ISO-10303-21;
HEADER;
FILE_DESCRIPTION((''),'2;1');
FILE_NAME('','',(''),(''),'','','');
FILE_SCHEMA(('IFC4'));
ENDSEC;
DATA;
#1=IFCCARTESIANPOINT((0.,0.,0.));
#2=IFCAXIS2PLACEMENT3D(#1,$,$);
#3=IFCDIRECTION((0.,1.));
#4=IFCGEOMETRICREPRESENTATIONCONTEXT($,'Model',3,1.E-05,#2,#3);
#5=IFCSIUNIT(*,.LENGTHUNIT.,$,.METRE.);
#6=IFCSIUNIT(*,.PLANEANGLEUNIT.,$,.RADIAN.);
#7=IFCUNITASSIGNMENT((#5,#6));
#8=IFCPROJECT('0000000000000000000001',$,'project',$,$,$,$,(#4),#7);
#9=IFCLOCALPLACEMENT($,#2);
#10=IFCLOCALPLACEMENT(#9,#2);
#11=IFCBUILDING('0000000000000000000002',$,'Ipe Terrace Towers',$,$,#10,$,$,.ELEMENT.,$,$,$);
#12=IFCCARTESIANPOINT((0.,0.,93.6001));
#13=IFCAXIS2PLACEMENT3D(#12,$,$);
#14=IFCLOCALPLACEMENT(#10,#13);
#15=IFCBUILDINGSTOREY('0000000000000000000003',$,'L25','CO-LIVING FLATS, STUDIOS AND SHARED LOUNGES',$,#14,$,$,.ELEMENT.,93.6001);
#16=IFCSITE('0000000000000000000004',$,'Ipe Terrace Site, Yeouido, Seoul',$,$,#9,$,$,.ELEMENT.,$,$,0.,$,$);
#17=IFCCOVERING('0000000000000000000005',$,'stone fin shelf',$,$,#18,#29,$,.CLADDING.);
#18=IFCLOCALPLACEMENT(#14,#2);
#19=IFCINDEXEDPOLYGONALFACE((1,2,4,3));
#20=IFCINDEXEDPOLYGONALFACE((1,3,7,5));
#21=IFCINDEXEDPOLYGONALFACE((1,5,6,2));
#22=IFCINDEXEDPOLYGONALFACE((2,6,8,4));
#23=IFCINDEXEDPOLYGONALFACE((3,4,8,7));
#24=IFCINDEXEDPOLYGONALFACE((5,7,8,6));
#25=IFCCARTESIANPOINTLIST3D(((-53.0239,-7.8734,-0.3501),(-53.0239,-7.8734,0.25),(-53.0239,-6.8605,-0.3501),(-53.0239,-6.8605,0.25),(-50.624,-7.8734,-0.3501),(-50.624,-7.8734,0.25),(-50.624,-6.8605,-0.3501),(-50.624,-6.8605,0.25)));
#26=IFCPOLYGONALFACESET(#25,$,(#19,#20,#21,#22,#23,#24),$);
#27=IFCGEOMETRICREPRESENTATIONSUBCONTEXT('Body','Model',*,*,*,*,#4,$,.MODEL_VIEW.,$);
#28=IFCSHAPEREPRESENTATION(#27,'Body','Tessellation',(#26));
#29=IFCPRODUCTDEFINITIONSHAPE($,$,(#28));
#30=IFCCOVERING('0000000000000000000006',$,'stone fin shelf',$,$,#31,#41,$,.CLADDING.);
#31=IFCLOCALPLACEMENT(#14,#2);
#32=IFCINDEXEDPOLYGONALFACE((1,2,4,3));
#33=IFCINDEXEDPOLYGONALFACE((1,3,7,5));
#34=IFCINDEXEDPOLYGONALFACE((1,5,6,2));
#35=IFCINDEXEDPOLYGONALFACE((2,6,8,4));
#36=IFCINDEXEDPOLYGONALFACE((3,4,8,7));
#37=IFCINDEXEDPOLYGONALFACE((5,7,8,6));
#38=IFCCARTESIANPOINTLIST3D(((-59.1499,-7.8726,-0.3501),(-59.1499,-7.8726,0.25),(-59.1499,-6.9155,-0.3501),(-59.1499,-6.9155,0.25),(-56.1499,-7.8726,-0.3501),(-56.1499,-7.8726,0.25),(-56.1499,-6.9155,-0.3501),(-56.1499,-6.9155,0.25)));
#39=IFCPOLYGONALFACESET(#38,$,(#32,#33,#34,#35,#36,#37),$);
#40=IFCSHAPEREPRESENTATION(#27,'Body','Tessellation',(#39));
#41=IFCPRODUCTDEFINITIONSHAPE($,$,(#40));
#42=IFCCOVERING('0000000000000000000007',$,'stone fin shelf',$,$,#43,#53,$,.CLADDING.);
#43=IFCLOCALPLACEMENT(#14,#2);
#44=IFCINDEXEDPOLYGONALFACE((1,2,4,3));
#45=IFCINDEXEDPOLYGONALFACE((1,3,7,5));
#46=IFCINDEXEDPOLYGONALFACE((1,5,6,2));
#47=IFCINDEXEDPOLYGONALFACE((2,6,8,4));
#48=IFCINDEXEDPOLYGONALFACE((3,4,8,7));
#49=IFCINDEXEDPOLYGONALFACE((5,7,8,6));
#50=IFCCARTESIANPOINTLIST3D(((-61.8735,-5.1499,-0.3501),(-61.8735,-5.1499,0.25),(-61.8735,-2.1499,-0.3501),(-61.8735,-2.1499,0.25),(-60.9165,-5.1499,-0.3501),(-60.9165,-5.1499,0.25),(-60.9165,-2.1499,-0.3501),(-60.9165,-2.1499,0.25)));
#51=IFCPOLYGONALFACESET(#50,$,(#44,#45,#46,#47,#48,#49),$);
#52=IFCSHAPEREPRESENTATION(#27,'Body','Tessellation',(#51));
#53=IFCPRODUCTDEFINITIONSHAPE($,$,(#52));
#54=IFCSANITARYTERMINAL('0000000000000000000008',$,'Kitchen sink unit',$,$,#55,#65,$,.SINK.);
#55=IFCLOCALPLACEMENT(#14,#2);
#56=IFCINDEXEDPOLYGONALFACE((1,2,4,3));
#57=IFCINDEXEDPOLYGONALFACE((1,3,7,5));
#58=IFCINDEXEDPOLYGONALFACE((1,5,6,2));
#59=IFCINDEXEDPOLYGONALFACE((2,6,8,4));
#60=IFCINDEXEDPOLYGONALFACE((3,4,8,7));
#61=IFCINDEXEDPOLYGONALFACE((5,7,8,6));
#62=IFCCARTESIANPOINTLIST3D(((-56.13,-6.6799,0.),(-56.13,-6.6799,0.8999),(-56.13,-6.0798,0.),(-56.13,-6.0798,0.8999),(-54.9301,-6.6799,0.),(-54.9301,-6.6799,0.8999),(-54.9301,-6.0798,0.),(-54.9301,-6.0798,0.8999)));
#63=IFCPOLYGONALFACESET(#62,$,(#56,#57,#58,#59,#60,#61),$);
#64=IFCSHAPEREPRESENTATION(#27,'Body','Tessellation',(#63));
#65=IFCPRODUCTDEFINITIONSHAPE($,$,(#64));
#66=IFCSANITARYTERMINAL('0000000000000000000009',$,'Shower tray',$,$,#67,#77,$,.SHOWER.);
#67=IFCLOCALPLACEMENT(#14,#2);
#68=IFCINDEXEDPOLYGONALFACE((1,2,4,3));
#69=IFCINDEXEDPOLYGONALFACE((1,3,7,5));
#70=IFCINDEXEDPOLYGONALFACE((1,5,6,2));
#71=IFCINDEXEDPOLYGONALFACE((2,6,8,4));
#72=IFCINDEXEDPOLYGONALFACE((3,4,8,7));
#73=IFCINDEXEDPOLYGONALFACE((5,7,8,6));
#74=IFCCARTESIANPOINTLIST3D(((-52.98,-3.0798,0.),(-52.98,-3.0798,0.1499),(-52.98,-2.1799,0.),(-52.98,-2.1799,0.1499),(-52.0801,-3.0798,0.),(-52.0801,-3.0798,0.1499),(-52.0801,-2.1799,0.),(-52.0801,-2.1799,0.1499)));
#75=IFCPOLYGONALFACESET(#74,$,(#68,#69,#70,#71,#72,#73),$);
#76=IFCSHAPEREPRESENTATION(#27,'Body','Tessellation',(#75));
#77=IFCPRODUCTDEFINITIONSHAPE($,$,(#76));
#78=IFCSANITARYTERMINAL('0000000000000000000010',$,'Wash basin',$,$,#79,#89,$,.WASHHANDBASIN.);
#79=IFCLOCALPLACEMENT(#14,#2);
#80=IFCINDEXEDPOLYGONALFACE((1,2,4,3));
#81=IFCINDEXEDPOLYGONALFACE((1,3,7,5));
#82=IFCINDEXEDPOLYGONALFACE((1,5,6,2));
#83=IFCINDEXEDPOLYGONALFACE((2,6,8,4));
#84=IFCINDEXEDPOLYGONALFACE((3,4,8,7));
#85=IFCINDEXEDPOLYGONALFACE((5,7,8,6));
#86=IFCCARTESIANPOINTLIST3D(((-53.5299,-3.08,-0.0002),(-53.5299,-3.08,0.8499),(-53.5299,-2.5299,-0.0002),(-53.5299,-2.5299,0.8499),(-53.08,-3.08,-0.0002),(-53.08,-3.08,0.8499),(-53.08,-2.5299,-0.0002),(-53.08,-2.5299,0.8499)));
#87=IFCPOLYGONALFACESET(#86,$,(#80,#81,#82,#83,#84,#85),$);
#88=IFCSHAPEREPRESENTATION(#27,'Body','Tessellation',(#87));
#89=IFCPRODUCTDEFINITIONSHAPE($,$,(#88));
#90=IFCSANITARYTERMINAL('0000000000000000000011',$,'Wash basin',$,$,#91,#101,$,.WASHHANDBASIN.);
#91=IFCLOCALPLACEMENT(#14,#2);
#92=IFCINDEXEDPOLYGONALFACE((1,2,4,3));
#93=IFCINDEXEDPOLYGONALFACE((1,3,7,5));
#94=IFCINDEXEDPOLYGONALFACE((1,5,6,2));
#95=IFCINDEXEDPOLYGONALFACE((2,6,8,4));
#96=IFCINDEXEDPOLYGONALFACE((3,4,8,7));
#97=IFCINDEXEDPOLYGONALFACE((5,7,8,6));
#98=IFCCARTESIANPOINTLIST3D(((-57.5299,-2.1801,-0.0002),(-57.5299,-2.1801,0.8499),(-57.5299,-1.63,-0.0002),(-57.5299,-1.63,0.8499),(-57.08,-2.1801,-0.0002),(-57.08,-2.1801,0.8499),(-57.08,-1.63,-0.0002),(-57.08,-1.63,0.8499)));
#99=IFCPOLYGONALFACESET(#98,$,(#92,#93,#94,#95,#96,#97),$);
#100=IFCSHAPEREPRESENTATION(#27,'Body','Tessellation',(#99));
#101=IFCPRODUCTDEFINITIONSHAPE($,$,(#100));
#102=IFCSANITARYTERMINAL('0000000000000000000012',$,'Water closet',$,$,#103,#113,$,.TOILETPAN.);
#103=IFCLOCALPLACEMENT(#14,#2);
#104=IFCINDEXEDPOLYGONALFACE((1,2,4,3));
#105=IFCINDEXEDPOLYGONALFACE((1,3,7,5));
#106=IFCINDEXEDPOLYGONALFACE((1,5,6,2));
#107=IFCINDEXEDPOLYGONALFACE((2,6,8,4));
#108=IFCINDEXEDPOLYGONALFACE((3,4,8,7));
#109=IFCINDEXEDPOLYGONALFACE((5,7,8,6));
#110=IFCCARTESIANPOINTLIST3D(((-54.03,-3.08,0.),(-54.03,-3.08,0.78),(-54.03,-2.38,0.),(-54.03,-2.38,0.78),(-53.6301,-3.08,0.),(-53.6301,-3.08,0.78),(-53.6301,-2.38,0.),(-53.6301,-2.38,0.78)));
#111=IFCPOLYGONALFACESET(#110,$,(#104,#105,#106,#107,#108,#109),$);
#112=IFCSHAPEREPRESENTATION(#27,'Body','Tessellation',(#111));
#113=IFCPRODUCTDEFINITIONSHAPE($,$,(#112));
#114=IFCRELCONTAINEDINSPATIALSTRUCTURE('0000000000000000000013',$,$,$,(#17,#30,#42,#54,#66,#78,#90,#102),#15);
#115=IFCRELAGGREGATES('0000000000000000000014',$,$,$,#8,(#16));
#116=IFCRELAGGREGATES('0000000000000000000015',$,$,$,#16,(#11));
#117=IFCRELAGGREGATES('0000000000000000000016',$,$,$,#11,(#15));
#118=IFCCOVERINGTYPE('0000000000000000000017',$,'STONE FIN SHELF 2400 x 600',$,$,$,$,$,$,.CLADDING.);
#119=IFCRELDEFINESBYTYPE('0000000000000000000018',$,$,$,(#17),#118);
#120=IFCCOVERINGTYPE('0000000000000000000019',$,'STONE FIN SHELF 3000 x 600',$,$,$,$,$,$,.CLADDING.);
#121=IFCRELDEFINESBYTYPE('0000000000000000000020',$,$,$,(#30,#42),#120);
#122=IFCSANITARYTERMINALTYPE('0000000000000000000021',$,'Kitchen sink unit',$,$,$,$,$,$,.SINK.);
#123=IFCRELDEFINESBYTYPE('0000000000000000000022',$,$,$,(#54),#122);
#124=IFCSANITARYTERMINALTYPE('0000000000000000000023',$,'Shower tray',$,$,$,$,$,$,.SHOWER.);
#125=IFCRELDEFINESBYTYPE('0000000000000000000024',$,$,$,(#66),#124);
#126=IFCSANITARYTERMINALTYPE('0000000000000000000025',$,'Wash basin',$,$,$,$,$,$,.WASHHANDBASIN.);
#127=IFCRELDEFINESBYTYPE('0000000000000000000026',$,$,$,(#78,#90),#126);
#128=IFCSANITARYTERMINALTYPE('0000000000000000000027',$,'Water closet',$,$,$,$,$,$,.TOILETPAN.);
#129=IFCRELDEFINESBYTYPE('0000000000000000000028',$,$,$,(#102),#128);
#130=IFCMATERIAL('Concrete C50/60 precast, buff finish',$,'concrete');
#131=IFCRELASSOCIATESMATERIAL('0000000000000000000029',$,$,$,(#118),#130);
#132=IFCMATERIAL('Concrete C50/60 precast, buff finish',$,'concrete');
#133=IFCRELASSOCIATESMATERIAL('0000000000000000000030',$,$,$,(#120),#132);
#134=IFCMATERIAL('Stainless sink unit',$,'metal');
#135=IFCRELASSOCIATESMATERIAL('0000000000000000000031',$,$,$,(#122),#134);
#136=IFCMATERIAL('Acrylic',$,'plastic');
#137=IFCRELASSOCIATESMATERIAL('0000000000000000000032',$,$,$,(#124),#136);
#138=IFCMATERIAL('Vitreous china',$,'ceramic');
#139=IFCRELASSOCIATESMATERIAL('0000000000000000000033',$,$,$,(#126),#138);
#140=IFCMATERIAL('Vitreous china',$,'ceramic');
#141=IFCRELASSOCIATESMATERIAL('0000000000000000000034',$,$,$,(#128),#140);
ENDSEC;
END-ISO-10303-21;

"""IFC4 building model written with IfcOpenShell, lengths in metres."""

from ifc_helpers import new_model, si_unit, direction, frame, origin, origin_2d, place, context, subcontext, project, spatial, rectangle, extrude, material, type_object, element, save


model = new_model("IFC4")

# Units and contexts
model_context = context("Model", 3, precision=1e-05, world=origin(), true_north=direction((0.0, 1.0)))
body_context = subcontext(model_context, "Body", "Model", "MODEL_VIEW")
ifc_project = project(units=[si_unit("LENGTHUNIT", "METRE"), si_unit("PLANEANGLEUNIT", "RADIAN")], contexts=[model_context])

# Site, building, storey
site_placement = place(None, origin())
site = spatial("IfcSite", under=ifc_project, at=site_placement, Name="Ipe Terrace Site, Yeouido, Seoul", CompositionType="ELEMENT", RefElevation=0.0)
building_placement = place(site_placement, origin())
building = spatial("IfcBuilding", under=site, at=building_placement, Name="Ipe Terrace Towers", CompositionType="ELEMENT")
storey_placement = place(building_placement, frame((0.0, 0.0, 93.6001)))
storey = spatial("IfcBuildingStorey", under=building, at=storey_placement, Name="L25", Description="CO-LIVING FLATS, STUDIOS AND SHARED LOUNGES", CompositionType="ELEMENT", Elevation=93.6001)

# Coverings
ifc_material_1 = material(Name="Concrete C50/60 precast, buff finish", Category="concrete")
covering_type_1 = type_object("IfcCoveringType", Name="STONE FIN SHELF 2400 x 600", PredefinedType="CLADDING", material=ifc_material_1)
covering_placement = place(storey_placement, frame((-51.824, -7.3669, -0.3501), z_axis=(0.0, 0.0, 1.0), x_axis=(1.0, 0.0, 0.0)))
element("IfcCovering", 1, at=covering_placement, inside=storey, type_object=covering_type_1, Name="stone fin shelf", PredefinedType="CLADDING", context=body_context, shape_type="SweptSolid", body=[
    extrude(rectangle(XDim=2.3999, YDim=1.0129, at=origin_2d()), origin(), (0.0, 0.0, 1.0), 0.6001),
])
ifc_material_2 = material(Name="Concrete C50/60 precast, buff finish", Category="concrete")
covering_type_2 = type_object("IfcCoveringType", Name="STONE FIN SHELF 3000 x 600", PredefinedType="CLADDING", material=ifc_material_2)
for number, where, z_axis, x_axis, name in (
    (2, (-57.6499, -7.394, -0.3501), (0.0, 0.0, 1.0), (1.0, 0.0, 0.0), "stone fin shelf"),
    (3, (-61.395, -3.6499, -0.3501), (0.0, 0.0, 1.0), (0.0, -1.0, 0.0), "stone fin shelf"),
):
    element("IfcCovering", number, at=place(storey_placement, frame(where, z_axis=z_axis, x_axis=x_axis)), inside=storey, type_object=covering_type_2, Name=name, PredefinedType="CLADDING", context=body_context, shape_type="SweptSolid", body=[
        extrude(rectangle(XDim=3.0, YDim=0.957, at=origin_2d()), origin(), (0.0, 0.0, 1.0), 0.6001),
    ])

# Sanitary terminals
ifc_material_3 = material(Name="Stainless sink unit", Category="metal")
sanitary_terminal_type_1 = type_object("IfcSanitaryTerminalType", Name="Kitchen sink unit", PredefinedType="SINK", material=ifc_material_3)
sanitary_terminal_1_placement = place(storey_placement, frame((-55.53, -6.3799, 0.0), z_axis=(0.0, 0.0, 1.0), x_axis=(-1.0, 0.0, 0.0)))
element("IfcSanitaryTerminal", 4, at=sanitary_terminal_1_placement, inside=storey, type_object=sanitary_terminal_type_1, Name="Kitchen sink unit", PredefinedType="SINK", context=body_context, shape_type="SweptSolid", body=[
    extrude(rectangle(XDim=1.2, YDim=0.6001, at=origin_2d()), origin(), (0.0, 0.0, 1.0), 0.8999),
])
ifc_material_4 = material(Name="Acrylic", Category="plastic")
sanitary_terminal_type_2 = type_object("IfcSanitaryTerminalType", Name="Shower tray", PredefinedType="SHOWER", material=ifc_material_4)
sanitary_terminal_2_placement = place(storey_placement, frame((-52.53, -2.6299, 0.0), z_axis=(0.0, 0.0, 1.0), x_axis=(0.0, 1.0, 0.0)))
element("IfcSanitaryTerminal", 5, at=sanitary_terminal_2_placement, inside=storey, type_object=sanitary_terminal_type_2, Name="Shower tray", PredefinedType="SHOWER", context=body_context, shape_type="SweptSolid", body=[
    extrude(rectangle(XDim=0.8999, YDim=0.8999, at=origin_2d()), origin(), (0.0, 0.0, 1.0), 0.1499),
])
ifc_material_5 = material(Name="Vitreous china", Category="ceramic")
sanitary_terminal_type_3 = type_object("IfcSanitaryTerminalType", Name="Wash basin", PredefinedType="WASHHANDBASIN", material=ifc_material_5)
for number, where, z_axis, x_axis, name in (
    (6, (-53.3049, -2.8049, -0.0002), (0.0, 0.0, 1.0), (0.0, 1.0, 0.0), "Wash basin"),
    (7, (-57.3049, -1.905, -0.0002), (0.0, 0.0, 1.0), (0.0, 1.0, 0.0), "Wash basin"),
):
    element("IfcSanitaryTerminal", number, at=place(storey_placement, frame(where, z_axis=z_axis, x_axis=x_axis)), inside=storey, type_object=sanitary_terminal_type_3, Name=name, PredefinedType="WASHHANDBASIN", context=body_context, shape_type="SweptSolid", body=[
        extrude(rectangle(XDim=0.55, YDim=0.45, at=origin_2d()), origin(), (0.0, 0.0, 1.0), 0.8501),
    ])
ifc_material_6 = material(Name="Vitreous china", Category="ceramic")
sanitary_terminal_type_4 = type_object("IfcSanitaryTerminalType", Name="Water closet", PredefinedType="TOILETPAN", material=ifc_material_6)
sanitary_terminal_3_placement = place(storey_placement, frame((-53.8301, -2.73, 0.0), z_axis=(0.0, 0.0, 1.0), x_axis=(0.0, 1.0, 0.0)))
element("IfcSanitaryTerminal", 8, at=sanitary_terminal_3_placement, inside=storey, type_object=sanitary_terminal_type_4, Name="Water closet", PredefinedType="TOILETPAN", context=body_context, shape_type="SweptSolid", body=[
    extrude(rectangle(XDim=0.7, YDim=0.3999, at=origin_2d()), origin(), (0.0, 0.0, 1.0), 0.78),
])

save(model, "model.ifc")
